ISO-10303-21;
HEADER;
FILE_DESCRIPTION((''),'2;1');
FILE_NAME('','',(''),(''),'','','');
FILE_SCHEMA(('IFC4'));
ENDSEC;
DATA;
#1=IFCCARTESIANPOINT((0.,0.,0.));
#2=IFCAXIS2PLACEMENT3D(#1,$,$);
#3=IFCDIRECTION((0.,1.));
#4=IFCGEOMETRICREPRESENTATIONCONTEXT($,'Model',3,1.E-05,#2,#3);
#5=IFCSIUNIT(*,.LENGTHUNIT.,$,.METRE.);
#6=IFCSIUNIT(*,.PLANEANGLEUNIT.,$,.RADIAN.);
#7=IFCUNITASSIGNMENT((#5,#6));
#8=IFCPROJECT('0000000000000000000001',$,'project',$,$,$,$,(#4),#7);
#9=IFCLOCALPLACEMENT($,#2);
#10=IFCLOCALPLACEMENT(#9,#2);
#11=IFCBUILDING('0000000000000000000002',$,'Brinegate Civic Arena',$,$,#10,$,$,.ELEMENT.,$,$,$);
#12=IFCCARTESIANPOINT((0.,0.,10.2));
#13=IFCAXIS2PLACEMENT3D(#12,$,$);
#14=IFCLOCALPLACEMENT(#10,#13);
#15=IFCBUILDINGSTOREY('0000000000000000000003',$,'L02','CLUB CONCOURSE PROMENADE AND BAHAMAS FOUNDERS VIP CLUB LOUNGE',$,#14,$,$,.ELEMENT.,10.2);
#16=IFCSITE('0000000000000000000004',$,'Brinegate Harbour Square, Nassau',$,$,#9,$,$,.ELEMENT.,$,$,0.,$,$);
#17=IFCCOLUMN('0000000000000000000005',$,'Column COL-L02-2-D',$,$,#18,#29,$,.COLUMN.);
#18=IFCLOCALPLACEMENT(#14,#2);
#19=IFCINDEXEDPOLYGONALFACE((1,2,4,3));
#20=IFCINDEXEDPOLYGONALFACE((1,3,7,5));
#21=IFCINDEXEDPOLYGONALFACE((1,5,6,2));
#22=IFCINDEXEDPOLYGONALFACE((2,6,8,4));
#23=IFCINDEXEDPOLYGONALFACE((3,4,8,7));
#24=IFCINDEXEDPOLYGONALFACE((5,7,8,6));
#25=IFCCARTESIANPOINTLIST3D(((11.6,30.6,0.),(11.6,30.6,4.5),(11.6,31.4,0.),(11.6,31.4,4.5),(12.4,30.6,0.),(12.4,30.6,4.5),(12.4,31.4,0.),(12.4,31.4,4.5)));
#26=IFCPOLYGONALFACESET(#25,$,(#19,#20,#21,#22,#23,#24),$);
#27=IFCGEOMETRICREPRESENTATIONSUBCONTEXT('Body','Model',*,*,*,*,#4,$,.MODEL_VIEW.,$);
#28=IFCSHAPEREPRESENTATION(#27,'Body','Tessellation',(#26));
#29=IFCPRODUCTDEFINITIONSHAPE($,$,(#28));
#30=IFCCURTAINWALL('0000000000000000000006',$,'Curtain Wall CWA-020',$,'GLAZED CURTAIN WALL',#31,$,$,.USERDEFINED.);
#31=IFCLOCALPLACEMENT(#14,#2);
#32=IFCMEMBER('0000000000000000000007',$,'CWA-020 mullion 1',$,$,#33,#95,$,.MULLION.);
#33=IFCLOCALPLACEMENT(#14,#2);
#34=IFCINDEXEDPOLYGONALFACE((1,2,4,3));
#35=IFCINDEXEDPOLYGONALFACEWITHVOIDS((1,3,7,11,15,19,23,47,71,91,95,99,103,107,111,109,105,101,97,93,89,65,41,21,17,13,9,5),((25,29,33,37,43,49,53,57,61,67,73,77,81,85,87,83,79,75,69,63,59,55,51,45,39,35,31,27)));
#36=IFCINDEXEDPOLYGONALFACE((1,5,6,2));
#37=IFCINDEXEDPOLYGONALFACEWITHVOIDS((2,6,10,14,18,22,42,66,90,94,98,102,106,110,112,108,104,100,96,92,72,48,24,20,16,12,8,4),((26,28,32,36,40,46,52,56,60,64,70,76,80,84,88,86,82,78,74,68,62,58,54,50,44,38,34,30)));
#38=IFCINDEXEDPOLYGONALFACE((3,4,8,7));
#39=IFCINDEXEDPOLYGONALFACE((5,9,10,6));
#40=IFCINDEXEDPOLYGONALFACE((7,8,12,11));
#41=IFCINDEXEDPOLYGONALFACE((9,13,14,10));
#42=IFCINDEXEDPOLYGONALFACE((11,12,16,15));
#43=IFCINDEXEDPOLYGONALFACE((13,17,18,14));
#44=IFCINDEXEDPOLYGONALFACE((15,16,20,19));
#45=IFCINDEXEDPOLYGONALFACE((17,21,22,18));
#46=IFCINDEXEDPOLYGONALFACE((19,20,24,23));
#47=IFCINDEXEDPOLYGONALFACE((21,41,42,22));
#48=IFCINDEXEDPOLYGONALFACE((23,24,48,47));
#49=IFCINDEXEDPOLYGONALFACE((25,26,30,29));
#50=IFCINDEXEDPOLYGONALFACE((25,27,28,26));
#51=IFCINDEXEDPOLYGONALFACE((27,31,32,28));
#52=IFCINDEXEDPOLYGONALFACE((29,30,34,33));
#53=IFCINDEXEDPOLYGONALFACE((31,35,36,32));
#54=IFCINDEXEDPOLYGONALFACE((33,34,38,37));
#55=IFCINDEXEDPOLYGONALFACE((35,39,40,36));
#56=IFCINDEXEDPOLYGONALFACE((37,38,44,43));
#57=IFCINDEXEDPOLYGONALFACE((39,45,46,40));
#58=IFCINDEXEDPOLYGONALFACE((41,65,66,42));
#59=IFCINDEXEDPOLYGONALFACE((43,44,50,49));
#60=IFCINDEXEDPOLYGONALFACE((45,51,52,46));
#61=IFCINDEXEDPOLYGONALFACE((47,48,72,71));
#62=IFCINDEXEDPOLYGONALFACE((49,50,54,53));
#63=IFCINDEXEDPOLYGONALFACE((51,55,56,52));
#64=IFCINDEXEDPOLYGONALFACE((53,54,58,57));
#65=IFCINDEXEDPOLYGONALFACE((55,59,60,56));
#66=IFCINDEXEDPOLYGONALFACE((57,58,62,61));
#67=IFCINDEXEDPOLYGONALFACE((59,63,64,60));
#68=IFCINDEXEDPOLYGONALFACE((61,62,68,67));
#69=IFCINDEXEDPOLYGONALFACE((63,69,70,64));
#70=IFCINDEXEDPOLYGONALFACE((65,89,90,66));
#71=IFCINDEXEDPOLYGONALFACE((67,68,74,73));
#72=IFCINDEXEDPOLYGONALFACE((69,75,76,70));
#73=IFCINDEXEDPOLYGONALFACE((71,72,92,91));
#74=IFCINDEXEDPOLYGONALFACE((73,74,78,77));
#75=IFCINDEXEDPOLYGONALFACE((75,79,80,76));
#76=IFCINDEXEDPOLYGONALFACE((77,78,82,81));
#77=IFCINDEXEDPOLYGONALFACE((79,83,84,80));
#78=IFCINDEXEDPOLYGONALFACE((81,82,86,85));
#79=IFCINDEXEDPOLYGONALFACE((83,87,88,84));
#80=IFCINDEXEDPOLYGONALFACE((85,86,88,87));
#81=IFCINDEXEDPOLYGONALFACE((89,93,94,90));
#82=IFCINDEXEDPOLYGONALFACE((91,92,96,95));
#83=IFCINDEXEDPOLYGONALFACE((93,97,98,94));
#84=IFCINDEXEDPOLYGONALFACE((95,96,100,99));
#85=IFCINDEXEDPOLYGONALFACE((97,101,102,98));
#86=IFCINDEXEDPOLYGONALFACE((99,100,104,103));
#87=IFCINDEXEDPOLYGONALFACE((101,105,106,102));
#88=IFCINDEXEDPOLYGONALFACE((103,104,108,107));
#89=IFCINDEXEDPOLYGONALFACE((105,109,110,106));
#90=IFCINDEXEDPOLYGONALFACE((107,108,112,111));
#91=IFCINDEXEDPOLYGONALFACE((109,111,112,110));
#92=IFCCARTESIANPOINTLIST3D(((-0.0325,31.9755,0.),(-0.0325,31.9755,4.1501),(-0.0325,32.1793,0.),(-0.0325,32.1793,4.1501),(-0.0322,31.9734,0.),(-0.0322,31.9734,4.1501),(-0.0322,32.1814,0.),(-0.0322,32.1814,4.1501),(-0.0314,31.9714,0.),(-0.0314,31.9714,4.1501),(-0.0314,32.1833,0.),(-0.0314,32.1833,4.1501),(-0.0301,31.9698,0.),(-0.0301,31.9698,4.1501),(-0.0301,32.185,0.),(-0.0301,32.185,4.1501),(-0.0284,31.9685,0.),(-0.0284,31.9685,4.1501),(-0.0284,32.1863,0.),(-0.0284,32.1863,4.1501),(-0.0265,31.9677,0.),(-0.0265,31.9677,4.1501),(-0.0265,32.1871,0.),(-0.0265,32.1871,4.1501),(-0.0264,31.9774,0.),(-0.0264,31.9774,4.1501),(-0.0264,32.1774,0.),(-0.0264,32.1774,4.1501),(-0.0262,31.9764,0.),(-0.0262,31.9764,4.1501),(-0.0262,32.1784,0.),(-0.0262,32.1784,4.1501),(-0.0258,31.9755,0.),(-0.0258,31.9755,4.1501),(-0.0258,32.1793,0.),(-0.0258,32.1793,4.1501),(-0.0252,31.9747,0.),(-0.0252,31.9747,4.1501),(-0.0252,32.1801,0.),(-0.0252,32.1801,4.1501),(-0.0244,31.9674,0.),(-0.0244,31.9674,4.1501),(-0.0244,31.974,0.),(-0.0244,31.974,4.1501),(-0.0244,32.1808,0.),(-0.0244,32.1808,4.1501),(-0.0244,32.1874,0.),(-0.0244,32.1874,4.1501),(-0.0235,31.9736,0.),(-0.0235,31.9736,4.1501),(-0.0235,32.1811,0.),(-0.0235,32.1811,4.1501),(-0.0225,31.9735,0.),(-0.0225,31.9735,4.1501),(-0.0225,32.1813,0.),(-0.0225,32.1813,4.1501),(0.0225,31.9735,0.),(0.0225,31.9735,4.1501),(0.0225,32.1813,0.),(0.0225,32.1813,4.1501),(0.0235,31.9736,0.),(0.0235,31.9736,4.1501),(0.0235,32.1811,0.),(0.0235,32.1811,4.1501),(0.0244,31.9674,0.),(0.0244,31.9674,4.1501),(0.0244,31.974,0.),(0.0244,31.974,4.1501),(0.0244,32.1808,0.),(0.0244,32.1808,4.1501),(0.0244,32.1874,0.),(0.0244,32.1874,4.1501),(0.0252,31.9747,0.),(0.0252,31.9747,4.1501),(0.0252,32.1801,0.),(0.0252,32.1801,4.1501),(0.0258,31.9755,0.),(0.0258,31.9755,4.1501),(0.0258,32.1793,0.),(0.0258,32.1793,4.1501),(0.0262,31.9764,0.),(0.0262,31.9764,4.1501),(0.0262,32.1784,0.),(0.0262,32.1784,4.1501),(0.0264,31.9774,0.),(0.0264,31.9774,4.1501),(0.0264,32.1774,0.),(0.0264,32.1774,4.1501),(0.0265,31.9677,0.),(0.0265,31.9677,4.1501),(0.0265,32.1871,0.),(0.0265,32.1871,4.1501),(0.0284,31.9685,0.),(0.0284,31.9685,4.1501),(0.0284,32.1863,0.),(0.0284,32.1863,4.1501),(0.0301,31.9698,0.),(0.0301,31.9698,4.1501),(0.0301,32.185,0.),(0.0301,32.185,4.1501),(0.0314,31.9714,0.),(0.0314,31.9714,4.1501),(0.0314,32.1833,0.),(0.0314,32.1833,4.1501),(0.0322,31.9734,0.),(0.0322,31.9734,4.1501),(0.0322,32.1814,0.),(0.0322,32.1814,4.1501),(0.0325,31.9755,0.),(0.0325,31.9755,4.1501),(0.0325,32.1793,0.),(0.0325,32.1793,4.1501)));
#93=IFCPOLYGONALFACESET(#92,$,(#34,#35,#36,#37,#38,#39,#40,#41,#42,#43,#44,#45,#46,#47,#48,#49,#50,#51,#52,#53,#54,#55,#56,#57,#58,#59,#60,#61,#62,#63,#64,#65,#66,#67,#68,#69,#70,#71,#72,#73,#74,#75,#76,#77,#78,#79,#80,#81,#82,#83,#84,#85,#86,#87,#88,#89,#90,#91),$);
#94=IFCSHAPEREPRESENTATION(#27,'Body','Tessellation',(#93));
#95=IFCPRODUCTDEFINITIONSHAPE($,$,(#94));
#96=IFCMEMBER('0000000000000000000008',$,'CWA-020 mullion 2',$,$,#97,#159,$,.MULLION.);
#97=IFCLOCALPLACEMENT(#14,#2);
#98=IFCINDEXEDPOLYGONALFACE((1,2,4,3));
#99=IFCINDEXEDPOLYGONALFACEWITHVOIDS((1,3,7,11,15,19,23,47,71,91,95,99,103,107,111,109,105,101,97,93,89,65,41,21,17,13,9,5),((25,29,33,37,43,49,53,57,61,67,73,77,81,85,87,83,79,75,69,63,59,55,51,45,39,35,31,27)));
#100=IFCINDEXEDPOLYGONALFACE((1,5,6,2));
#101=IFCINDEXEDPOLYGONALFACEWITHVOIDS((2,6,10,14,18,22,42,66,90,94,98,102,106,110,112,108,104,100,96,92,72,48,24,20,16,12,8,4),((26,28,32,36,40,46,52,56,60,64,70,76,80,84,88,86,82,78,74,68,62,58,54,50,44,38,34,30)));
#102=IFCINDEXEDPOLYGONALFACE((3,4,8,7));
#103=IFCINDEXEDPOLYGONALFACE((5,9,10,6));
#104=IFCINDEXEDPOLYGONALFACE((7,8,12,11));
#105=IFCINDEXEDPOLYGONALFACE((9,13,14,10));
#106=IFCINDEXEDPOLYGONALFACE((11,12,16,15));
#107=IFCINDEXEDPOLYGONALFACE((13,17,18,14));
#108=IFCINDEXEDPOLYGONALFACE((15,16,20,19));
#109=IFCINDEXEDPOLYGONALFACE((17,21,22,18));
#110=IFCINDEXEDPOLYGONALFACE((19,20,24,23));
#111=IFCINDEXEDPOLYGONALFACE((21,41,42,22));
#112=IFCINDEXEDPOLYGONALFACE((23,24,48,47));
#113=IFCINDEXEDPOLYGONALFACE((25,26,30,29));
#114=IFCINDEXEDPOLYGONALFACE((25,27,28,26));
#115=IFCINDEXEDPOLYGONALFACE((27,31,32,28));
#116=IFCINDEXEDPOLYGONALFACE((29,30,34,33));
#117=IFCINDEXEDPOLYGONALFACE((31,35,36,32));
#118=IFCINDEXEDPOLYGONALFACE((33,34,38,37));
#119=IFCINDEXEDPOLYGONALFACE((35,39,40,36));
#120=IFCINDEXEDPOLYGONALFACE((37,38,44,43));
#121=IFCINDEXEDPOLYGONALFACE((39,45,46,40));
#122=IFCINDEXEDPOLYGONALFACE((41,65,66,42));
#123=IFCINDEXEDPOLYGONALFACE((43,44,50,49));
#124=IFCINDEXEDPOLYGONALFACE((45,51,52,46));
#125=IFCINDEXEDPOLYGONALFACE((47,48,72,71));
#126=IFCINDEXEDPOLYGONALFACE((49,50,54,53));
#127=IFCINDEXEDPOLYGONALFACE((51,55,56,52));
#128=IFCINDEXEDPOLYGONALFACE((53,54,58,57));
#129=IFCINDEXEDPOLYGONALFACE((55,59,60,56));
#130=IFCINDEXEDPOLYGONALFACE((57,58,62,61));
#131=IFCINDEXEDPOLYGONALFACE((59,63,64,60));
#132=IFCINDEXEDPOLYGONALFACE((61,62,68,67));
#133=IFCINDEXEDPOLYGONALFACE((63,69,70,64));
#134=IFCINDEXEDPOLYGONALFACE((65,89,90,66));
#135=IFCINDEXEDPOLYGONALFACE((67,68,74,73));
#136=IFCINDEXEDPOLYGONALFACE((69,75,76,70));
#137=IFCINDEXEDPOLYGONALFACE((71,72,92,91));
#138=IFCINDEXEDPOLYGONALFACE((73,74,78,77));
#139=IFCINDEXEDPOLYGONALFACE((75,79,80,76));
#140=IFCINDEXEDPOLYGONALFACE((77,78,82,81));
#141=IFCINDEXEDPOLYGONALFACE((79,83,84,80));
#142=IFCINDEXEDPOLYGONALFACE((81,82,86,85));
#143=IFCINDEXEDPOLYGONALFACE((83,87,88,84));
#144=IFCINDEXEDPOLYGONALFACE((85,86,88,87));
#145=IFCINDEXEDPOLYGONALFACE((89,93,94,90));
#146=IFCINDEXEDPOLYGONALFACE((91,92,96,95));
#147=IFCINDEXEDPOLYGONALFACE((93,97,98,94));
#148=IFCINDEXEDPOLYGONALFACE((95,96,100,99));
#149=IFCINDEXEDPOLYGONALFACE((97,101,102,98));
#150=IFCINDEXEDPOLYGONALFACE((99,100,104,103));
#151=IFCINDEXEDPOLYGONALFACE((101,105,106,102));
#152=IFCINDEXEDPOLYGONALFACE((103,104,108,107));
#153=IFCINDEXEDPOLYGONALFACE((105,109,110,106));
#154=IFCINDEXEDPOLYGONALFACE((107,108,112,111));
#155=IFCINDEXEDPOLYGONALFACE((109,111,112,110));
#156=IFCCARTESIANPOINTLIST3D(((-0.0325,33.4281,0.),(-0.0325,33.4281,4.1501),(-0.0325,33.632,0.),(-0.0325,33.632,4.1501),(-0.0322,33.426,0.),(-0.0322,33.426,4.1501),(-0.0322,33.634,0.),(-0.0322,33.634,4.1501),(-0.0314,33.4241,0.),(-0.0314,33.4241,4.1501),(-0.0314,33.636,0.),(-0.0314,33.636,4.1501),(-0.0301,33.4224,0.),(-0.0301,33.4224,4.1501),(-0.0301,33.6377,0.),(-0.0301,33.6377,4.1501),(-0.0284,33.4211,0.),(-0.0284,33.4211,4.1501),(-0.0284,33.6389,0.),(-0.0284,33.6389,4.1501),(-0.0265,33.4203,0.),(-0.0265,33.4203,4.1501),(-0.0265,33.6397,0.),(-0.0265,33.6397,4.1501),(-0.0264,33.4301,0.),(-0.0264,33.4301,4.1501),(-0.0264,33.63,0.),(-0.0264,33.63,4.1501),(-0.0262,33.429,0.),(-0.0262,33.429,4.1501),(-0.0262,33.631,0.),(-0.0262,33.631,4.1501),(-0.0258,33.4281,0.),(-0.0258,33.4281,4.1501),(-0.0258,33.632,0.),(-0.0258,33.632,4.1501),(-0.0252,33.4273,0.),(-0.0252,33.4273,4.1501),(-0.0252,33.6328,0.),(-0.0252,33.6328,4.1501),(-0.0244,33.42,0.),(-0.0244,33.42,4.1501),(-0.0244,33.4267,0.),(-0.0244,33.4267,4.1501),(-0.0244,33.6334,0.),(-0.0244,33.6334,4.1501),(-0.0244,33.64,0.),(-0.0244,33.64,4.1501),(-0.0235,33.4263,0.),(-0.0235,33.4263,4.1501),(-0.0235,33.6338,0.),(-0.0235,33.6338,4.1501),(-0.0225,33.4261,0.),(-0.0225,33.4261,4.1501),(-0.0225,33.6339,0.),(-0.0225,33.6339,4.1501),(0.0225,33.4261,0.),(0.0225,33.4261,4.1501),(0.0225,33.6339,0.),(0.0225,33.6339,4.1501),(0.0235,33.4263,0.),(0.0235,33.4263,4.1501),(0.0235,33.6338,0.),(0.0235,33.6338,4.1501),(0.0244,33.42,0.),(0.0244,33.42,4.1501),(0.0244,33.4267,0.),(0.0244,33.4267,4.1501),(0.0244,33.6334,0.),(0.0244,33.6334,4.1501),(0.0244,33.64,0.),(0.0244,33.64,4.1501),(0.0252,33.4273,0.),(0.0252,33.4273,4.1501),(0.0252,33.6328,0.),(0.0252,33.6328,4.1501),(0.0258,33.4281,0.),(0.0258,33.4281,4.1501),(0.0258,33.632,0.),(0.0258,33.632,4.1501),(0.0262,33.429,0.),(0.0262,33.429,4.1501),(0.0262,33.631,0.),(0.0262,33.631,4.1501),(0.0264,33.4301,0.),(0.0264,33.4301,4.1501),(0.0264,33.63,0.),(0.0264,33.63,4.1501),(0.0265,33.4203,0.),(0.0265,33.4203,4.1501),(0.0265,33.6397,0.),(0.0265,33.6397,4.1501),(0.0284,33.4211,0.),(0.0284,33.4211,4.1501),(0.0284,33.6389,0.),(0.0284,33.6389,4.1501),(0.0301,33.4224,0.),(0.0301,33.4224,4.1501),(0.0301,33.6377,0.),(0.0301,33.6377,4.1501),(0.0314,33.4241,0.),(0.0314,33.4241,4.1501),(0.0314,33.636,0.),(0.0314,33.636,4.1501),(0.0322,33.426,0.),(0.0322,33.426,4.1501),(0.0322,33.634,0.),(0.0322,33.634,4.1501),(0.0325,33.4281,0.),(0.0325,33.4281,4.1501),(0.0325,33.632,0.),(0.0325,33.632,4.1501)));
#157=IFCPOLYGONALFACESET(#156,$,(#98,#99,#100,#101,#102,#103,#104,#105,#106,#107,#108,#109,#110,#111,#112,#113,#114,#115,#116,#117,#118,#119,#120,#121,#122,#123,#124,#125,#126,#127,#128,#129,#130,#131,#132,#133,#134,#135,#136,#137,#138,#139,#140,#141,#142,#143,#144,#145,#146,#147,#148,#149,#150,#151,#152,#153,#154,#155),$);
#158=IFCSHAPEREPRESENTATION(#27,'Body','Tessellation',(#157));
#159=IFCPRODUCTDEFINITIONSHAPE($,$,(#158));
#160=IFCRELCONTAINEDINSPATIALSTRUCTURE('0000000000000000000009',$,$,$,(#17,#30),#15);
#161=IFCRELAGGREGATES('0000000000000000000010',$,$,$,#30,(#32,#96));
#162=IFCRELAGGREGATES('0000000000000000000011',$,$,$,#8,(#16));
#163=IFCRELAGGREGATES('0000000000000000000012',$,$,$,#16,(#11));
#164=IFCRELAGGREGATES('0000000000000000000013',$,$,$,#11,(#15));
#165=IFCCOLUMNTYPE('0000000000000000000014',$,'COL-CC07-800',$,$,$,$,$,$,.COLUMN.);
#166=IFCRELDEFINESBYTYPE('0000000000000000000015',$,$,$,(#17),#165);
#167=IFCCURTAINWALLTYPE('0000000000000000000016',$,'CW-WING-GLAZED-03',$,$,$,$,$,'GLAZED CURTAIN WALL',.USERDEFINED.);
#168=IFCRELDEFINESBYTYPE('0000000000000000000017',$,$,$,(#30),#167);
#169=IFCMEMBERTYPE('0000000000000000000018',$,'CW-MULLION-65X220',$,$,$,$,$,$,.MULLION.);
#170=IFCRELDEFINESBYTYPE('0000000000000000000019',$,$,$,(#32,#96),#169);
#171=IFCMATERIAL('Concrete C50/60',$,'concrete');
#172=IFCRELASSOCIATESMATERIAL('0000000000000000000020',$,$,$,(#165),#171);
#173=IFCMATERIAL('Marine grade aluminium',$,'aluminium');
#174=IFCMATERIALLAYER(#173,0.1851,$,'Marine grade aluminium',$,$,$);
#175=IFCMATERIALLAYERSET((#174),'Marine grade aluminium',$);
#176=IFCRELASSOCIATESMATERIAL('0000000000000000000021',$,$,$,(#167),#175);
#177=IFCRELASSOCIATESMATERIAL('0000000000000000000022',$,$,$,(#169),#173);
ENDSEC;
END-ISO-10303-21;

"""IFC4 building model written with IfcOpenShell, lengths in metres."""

from ifc_helpers import new_model, si_unit, direction, frame, origin, origin_2d, place, context, subcontext, project, spatial, rectangle, hollow_rectangle, extrude, material, layer, layer_set, material_profile, profile_set, type_object, element, aggregate, save


model = new_model("IFC4")

# Units and contexts
model_context = context("Model", 3, precision=1e-05, world=origin(), true_north=direction((0.0, 1.0)))
body_context = subcontext(model_context, "Body", "Model", "MODEL_VIEW")
ifc_project = project(units=[si_unit("LENGTHUNIT", "METRE"), si_unit("PLANEANGLEUNIT", "RADIAN")], contexts=[model_context])

# Site, building, storey
site_placement = place(None, origin())
site = spatial("IfcSite", under=ifc_project, at=site_placement, Name="Brinegate Harbour Square, Nassau", CompositionType="ELEMENT", RefElevation=0.0)
building_placement = place(site_placement, origin())
building = spatial("IfcBuilding", under=site, at=building_placement, Name="Brinegate Civic Arena", CompositionType="ELEMENT")
storey_placement = place(building_placement, frame((0.0, 0.0, 10.2)))
storey = spatial("IfcBuildingStorey", under=building, at=storey_placement, Name="L02", Description="CLUB CONCOURSE PROMENADE AND BAHAMAS FOUNDERS VIP CLUB LOUNGE", CompositionType="ELEMENT", Elevation=10.2)

# Column
ifc_material_1 = material(Name="Concrete C50/60", Category="concrete")
ifc_material_profile_1 = material_profile(ifc_material_1, rectangle(XDim=0.8, YDim=0.8, at=origin_2d()), Name="RC800X800")
ifc_profile_set_1 = profile_set([ifc_material_profile_1], Name="Concrete C50/60")
column_type = type_object("IfcColumnType", Name="COL-CC07-800", PredefinedType="COLUMN", material=ifc_profile_set_1)
column_placement = place(storey_placement, frame((12.0, 31.0, 0.0), z_axis=(0.0, 0.0, 1.0), x_axis=(1.0, 0.0, 0.0)))
element("IfcColumn", 1, at=column_placement, inside=storey, type_object=column_type, Name="Column COL-L02-2-D", PredefinedType="COLUMN", context=body_context, shape_type="SweptSolid", body=[
    extrude(rectangle(XDim=0.8, YDim=0.8, at=origin_2d()), origin(), (0.0, 0.0, 1.0), 4.5),
])

# Curtain wall, members
ifc_material_2 = material(Name="Marine grade aluminium", Category="aluminium")
ifc_layer_1 = layer(ifc_material_2, 0.1851, Name="Marine grade aluminium")
ifc_layer_set_1 = layer_set([ifc_layer_1], Name="Marine grade aluminium")
curtain_wall_type = type_object("IfcCurtainWallType", Name="CW-WING-GLAZED-03", ElementType="GLAZED CURTAIN WALL", PredefinedType="USERDEFINED", material=ifc_layer_set_1)
curtain_wall_placement = place(storey_placement, origin())
curtain_wall = element("IfcCurtainWall", 2, at=curtain_wall_placement, inside=storey, type_object=curtain_wall_type, Name="Curtain Wall CWA-020", ObjectType="GLAZED CURTAIN WALL", PredefinedType="USERDEFINED")
ifc_material_profile_2 = material_profile(ifc_material_2, hollow_rectangle(XDim=0.0649, YDim=0.22, WallThickness=0.0061, InnerFilletRadius=0.0039, OuterFilletRadius=0.0081, at=origin_2d()), Name="MUL65X220")
ifc_profile_set_2 = profile_set([ifc_material_profile_2], Name="Marine grade aluminium")
member_type_1 = type_object("IfcMemberType", Name="CW-MULLION-65X220", PredefinedType="MULLION", material=ifc_profile_set_2)
member_1_placement = place(storey_placement, frame((0.0, 32.0774, 0.0), z_axis=(0.0, 0.0, 1.0), x_axis=(-1.0, 0.0, 0.0)))
member_1 = element("IfcMember", 3, at=member_1_placement, type_object=member_type_1, Name="CWA-020 mullion 1", PredefinedType="MULLION", context=body_context, shape_type="SweptSolid", body=[
    extrude(hollow_rectangle(XDim=0.0649, YDim=0.22, WallThickness=0.0061, InnerFilletRadius=0.0039, OuterFilletRadius=0.0081, at=origin_2d()), origin(), (0.0, 0.0, 1.0), 4.1501),
])
member_2_placement = place(storey_placement, frame((0.0, 33.53, 0.0), z_axis=(0.0, 0.0, 1.0), x_axis=(-1.0, 0.0, 0.0)))
member_2 = element("IfcMember", 4, at=member_2_placement, type_object=member_type_1, Name="CWA-020 mullion 2", PredefinedType="MULLION", context=body_context, shape_type="SweptSolid", body=[
    extrude(hollow_rectangle(XDim=0.0649, YDim=0.22, WallThickness=0.0061, InnerFilletRadius=0.0039, OuterFilletRadius=0.0081, at=origin_2d()), origin(), (0.0, 0.0, 1.0), 4.1501),
])

aggregate(curtain_wall, [member_1, member_2])

save(model, "model.ifc")
